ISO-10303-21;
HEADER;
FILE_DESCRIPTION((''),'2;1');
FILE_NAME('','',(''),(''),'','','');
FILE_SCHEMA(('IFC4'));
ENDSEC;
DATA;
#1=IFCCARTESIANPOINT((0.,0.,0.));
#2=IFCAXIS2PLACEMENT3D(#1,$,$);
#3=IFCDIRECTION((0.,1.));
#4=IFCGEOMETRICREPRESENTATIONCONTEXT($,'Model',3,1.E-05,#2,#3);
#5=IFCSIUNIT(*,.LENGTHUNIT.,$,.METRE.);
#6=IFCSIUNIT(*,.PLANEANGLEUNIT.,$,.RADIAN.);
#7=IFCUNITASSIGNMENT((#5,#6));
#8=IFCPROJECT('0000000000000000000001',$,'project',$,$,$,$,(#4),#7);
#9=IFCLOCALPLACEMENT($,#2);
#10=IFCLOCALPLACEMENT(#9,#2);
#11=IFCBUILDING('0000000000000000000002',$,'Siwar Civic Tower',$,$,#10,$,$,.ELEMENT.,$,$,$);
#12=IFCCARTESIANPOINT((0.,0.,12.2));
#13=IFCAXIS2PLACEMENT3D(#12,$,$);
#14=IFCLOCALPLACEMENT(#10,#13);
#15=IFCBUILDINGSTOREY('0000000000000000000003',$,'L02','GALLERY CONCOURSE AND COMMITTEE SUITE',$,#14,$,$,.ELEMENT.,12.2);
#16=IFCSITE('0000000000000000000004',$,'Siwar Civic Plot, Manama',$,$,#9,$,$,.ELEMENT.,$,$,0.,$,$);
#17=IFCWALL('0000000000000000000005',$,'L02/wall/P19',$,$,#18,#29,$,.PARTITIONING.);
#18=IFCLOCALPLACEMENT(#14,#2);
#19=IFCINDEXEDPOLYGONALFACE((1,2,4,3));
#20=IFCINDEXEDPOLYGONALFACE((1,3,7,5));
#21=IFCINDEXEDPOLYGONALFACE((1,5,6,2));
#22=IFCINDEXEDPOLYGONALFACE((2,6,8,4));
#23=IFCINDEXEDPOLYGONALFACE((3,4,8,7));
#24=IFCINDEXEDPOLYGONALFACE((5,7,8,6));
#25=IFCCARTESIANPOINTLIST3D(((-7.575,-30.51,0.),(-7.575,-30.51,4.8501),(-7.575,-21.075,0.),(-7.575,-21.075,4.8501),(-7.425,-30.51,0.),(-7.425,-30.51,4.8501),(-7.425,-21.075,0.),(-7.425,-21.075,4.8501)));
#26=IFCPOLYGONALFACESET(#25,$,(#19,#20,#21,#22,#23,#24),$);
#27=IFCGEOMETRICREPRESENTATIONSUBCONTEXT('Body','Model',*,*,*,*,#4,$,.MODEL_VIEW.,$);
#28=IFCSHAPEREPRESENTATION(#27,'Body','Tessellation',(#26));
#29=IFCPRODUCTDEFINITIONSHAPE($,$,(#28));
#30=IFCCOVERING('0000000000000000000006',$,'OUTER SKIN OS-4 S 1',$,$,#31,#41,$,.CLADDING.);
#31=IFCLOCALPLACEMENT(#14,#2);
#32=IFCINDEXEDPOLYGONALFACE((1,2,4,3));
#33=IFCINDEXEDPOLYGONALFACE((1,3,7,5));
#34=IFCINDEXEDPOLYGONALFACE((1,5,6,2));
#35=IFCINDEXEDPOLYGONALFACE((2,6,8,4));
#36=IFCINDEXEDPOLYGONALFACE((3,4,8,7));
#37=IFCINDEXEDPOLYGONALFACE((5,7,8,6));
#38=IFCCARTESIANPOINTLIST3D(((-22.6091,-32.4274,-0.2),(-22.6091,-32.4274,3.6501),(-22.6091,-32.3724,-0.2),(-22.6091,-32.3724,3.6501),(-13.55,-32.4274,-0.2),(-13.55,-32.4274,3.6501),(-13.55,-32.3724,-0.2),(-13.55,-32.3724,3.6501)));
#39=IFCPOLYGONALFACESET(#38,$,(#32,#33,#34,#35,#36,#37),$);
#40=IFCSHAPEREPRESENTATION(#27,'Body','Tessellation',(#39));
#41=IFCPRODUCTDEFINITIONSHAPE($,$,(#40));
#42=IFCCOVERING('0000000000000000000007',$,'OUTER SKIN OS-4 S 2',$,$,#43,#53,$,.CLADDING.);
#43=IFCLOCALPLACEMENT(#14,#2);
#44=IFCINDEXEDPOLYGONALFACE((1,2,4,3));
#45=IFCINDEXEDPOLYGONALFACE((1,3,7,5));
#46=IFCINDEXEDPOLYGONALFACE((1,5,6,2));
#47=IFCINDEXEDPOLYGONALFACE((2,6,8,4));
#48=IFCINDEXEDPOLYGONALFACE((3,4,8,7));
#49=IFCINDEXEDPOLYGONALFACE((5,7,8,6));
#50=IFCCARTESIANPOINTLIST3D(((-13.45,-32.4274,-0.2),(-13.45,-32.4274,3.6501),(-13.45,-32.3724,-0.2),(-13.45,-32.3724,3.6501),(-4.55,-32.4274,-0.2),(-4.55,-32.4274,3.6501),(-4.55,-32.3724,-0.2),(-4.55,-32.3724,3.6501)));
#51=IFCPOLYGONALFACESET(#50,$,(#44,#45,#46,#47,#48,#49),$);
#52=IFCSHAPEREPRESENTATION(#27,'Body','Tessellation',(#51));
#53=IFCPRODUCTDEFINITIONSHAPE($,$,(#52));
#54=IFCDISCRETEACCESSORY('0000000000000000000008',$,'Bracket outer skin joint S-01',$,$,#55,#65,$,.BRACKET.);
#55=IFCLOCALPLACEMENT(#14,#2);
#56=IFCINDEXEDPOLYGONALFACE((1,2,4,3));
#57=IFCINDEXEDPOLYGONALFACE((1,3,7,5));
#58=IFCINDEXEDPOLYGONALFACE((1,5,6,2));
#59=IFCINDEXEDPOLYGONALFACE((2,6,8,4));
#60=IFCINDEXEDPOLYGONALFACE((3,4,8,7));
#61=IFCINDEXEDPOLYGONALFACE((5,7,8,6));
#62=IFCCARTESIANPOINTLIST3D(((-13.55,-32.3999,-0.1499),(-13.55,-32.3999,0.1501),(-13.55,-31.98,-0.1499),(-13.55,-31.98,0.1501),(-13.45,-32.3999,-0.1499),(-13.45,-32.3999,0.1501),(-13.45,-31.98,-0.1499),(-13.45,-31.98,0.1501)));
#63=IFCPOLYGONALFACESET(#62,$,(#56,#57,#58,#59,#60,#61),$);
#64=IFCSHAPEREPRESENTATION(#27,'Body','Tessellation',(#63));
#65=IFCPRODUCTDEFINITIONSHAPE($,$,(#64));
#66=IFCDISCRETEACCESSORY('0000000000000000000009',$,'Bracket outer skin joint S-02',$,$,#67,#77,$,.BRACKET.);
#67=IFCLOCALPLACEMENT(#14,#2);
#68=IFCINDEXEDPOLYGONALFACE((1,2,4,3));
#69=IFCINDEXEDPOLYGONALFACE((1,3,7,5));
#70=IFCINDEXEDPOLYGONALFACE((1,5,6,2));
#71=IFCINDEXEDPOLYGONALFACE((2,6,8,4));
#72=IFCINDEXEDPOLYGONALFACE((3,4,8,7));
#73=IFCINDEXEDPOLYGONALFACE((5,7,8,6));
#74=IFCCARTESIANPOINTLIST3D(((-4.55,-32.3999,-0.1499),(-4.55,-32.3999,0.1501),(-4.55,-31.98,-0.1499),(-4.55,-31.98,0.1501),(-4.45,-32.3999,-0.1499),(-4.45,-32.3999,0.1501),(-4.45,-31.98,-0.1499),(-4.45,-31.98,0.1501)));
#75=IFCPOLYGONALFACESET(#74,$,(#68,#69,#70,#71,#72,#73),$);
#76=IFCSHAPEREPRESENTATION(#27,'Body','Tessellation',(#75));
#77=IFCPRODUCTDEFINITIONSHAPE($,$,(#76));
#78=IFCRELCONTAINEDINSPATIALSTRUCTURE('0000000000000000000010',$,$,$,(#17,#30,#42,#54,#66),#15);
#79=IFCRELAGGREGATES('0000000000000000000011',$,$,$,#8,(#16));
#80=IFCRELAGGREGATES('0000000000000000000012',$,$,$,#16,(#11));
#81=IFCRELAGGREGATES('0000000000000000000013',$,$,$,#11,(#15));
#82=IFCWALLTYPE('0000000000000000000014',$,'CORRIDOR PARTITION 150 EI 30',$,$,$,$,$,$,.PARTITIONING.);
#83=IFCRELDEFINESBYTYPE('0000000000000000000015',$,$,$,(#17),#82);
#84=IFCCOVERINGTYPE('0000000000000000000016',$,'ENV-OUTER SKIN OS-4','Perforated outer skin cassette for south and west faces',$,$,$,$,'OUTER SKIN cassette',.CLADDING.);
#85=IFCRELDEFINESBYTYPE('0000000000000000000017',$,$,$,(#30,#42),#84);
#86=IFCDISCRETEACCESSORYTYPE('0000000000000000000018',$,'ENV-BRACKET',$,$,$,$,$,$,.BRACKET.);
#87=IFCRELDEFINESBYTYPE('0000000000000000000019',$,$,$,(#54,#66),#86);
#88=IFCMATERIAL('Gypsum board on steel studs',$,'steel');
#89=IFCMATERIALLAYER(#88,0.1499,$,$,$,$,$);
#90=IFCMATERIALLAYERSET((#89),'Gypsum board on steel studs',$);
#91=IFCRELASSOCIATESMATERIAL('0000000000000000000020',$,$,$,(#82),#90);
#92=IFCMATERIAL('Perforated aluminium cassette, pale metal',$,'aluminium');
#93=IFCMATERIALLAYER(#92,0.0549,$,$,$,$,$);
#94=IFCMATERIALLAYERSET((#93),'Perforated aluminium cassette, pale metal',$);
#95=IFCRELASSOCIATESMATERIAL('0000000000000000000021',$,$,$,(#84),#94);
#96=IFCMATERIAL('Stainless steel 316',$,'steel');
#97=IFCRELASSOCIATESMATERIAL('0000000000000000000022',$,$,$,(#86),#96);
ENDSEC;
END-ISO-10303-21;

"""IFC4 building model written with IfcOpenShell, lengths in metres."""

from ifc_helpers import new_model, si_unit, direction, frame, frame_2d, origin, origin_2d, place, context, subcontext, project, spatial, rectangle, extrude, material, layer, layer_set, type_object, element, save


model = new_model("IFC4")

# Units and contexts
model_context = context("Model", 3, precision=1e-05, world=origin(), true_north=direction((0.0, 1.0)))
body_context = subcontext(model_context, "Body", "Model", "MODEL_VIEW")
ifc_project = project(units=[si_unit("LENGTHUNIT", "METRE"), si_unit("PLANEANGLEUNIT", "RADIAN")], contexts=[model_context])

# Site, building, storey
site_placement = place(None, origin())
site = spatial("IfcSite", under=ifc_project, at=site_placement, Name="Siwar Civic Plot, Manama", CompositionType="ELEMENT", RefElevation=0.0)
building_placement = place(site_placement, origin())
building = spatial("IfcBuilding", under=site, at=building_placement, Name="Siwar Civic Tower", CompositionType="ELEMENT")
storey_placement = place(building_placement, frame((0.0, 0.0, 12.2)))
storey = spatial("IfcBuildingStorey", under=building, at=storey_placement, Name="L02", Description="GALLERY CONCOURSE AND COMMITTEE SUITE", CompositionType="ELEMENT", Elevation=12.2)

# Shared definitions
ifc_material_1 = material(Name="Gypsum board on steel studs", Category="steel")
ifc_layer_1 = layer(ifc_material_1, 0.1499)
ifc_layer_set_1 = layer_set([ifc_layer_1], Name="Gypsum board on steel studs")
wall_type = type_object("IfcWallType", Name="CORRIDOR PARTITION 150 EI 30", PredefinedType="PARTITIONING", material=ifc_layer_set_1)

# Wall
for number, where, z_axis, x_axis, name in (
    (1, (-7.5, -30.51, 0.0), (0.0, 0.0, 1.0), (0.0, 1.0, 0.0), "L02/wall/P19"),
):
    element("IfcWall", number, at=place(storey_placement, frame(where, z_axis=z_axis, x_axis=x_axis)), inside=storey, type_object=wall_type, Name=name, PredefinedType="PARTITIONING", context=body_context, shape_type="SweptSolid", body=[
        extrude(rectangle(XDim=9.4351, YDim=0.1499, at=frame_2d((4.7175, 0.0))), origin(), (0.0, 0.0, 1.0), 4.8501),
    ])

# Coverings
ifc_material_2 = material(Name="Perforated aluminium cassette, pale metal", Category="aluminium")
ifc_layer_2 = layer(ifc_material_2, 0.0549)
ifc_layer_set_2 = layer_set([ifc_layer_2], Name="Perforated aluminium cassette, pale metal")
covering_type = type_object("IfcCoveringType", Name="ENV-OUTER SKIN OS-4", Description="Perforated outer skin cassette for south and west faces", ElementType="OUTER SKIN cassette", PredefinedType="CLADDING", material=ifc_layer_set_2)
covering_1_placement = place(storey_placement, frame((-18.0796, -32.3999, -0.2), z_axis=(0.0, 0.0, 1.0), x_axis=(1.0, 0.0, 0.0)))
element("IfcCovering", 2, at=covering_1_placement, inside=storey, type_object=covering_type, Name="OUTER SKIN OS-4 S 1", PredefinedType="CLADDING", context=body_context, shape_type="SweptSolid", body=[
    extrude(rectangle(XDim=9.0591, YDim=0.0549, at=origin_2d()), origin(), (0.0, 0.0, 1.0), 3.8501),
])
covering_2_placement = place(storey_placement, frame((-9.0, -32.3999, -0.2), z_axis=(0.0, 0.0, 1.0), x_axis=(1.0, 0.0, 0.0)))
element("IfcCovering", 3, at=covering_2_placement, inside=storey, type_object=covering_type, Name="OUTER SKIN OS-4 S 2", PredefinedType="CLADDING", context=body_context, shape_type="SweptSolid", body=[
    extrude(rectangle(XDim=8.8999, YDim=0.0549, at=origin_2d()), origin(), (0.0, 0.0, 1.0), 3.8501),
])

# Discrete accessories
ifc_material_3 = material(Name="Stainless steel 316", Category="steel")
discrete_accessory_type = type_object("IfcDiscreteAccessoryType", Name="ENV-BRACKET", PredefinedType="BRACKET", material=ifc_material_3)
for number, where, z_axis, x_axis, name in (
    (4, (-13.5, -32.1899, -0.1499), (0.0, 0.0, 1.0), (0.0, -1.0, 0.0), "Bracket outer skin joint S-01"),
    (5, (-4.5, -32.1899, -0.1499), (0.0, 0.0, 1.0), (0.0, -1.0, 0.0), "Bracket outer skin joint S-02"),
):
    element("IfcDiscreteAccessory", number, at=place(storey_placement, frame(where, z_axis=z_axis, x_axis=x_axis)), inside=storey, type_object=discrete_accessory_type, Name=name, PredefinedType="BRACKET", context=body_context, shape_type="SweptSolid", body=[
        extrude(rectangle(XDim=0.4199, YDim=0.1001, at=origin_2d()), origin(), (0.0, 0.0, 1.0), 0.3),
    ])

save(model, "model.ifc")
